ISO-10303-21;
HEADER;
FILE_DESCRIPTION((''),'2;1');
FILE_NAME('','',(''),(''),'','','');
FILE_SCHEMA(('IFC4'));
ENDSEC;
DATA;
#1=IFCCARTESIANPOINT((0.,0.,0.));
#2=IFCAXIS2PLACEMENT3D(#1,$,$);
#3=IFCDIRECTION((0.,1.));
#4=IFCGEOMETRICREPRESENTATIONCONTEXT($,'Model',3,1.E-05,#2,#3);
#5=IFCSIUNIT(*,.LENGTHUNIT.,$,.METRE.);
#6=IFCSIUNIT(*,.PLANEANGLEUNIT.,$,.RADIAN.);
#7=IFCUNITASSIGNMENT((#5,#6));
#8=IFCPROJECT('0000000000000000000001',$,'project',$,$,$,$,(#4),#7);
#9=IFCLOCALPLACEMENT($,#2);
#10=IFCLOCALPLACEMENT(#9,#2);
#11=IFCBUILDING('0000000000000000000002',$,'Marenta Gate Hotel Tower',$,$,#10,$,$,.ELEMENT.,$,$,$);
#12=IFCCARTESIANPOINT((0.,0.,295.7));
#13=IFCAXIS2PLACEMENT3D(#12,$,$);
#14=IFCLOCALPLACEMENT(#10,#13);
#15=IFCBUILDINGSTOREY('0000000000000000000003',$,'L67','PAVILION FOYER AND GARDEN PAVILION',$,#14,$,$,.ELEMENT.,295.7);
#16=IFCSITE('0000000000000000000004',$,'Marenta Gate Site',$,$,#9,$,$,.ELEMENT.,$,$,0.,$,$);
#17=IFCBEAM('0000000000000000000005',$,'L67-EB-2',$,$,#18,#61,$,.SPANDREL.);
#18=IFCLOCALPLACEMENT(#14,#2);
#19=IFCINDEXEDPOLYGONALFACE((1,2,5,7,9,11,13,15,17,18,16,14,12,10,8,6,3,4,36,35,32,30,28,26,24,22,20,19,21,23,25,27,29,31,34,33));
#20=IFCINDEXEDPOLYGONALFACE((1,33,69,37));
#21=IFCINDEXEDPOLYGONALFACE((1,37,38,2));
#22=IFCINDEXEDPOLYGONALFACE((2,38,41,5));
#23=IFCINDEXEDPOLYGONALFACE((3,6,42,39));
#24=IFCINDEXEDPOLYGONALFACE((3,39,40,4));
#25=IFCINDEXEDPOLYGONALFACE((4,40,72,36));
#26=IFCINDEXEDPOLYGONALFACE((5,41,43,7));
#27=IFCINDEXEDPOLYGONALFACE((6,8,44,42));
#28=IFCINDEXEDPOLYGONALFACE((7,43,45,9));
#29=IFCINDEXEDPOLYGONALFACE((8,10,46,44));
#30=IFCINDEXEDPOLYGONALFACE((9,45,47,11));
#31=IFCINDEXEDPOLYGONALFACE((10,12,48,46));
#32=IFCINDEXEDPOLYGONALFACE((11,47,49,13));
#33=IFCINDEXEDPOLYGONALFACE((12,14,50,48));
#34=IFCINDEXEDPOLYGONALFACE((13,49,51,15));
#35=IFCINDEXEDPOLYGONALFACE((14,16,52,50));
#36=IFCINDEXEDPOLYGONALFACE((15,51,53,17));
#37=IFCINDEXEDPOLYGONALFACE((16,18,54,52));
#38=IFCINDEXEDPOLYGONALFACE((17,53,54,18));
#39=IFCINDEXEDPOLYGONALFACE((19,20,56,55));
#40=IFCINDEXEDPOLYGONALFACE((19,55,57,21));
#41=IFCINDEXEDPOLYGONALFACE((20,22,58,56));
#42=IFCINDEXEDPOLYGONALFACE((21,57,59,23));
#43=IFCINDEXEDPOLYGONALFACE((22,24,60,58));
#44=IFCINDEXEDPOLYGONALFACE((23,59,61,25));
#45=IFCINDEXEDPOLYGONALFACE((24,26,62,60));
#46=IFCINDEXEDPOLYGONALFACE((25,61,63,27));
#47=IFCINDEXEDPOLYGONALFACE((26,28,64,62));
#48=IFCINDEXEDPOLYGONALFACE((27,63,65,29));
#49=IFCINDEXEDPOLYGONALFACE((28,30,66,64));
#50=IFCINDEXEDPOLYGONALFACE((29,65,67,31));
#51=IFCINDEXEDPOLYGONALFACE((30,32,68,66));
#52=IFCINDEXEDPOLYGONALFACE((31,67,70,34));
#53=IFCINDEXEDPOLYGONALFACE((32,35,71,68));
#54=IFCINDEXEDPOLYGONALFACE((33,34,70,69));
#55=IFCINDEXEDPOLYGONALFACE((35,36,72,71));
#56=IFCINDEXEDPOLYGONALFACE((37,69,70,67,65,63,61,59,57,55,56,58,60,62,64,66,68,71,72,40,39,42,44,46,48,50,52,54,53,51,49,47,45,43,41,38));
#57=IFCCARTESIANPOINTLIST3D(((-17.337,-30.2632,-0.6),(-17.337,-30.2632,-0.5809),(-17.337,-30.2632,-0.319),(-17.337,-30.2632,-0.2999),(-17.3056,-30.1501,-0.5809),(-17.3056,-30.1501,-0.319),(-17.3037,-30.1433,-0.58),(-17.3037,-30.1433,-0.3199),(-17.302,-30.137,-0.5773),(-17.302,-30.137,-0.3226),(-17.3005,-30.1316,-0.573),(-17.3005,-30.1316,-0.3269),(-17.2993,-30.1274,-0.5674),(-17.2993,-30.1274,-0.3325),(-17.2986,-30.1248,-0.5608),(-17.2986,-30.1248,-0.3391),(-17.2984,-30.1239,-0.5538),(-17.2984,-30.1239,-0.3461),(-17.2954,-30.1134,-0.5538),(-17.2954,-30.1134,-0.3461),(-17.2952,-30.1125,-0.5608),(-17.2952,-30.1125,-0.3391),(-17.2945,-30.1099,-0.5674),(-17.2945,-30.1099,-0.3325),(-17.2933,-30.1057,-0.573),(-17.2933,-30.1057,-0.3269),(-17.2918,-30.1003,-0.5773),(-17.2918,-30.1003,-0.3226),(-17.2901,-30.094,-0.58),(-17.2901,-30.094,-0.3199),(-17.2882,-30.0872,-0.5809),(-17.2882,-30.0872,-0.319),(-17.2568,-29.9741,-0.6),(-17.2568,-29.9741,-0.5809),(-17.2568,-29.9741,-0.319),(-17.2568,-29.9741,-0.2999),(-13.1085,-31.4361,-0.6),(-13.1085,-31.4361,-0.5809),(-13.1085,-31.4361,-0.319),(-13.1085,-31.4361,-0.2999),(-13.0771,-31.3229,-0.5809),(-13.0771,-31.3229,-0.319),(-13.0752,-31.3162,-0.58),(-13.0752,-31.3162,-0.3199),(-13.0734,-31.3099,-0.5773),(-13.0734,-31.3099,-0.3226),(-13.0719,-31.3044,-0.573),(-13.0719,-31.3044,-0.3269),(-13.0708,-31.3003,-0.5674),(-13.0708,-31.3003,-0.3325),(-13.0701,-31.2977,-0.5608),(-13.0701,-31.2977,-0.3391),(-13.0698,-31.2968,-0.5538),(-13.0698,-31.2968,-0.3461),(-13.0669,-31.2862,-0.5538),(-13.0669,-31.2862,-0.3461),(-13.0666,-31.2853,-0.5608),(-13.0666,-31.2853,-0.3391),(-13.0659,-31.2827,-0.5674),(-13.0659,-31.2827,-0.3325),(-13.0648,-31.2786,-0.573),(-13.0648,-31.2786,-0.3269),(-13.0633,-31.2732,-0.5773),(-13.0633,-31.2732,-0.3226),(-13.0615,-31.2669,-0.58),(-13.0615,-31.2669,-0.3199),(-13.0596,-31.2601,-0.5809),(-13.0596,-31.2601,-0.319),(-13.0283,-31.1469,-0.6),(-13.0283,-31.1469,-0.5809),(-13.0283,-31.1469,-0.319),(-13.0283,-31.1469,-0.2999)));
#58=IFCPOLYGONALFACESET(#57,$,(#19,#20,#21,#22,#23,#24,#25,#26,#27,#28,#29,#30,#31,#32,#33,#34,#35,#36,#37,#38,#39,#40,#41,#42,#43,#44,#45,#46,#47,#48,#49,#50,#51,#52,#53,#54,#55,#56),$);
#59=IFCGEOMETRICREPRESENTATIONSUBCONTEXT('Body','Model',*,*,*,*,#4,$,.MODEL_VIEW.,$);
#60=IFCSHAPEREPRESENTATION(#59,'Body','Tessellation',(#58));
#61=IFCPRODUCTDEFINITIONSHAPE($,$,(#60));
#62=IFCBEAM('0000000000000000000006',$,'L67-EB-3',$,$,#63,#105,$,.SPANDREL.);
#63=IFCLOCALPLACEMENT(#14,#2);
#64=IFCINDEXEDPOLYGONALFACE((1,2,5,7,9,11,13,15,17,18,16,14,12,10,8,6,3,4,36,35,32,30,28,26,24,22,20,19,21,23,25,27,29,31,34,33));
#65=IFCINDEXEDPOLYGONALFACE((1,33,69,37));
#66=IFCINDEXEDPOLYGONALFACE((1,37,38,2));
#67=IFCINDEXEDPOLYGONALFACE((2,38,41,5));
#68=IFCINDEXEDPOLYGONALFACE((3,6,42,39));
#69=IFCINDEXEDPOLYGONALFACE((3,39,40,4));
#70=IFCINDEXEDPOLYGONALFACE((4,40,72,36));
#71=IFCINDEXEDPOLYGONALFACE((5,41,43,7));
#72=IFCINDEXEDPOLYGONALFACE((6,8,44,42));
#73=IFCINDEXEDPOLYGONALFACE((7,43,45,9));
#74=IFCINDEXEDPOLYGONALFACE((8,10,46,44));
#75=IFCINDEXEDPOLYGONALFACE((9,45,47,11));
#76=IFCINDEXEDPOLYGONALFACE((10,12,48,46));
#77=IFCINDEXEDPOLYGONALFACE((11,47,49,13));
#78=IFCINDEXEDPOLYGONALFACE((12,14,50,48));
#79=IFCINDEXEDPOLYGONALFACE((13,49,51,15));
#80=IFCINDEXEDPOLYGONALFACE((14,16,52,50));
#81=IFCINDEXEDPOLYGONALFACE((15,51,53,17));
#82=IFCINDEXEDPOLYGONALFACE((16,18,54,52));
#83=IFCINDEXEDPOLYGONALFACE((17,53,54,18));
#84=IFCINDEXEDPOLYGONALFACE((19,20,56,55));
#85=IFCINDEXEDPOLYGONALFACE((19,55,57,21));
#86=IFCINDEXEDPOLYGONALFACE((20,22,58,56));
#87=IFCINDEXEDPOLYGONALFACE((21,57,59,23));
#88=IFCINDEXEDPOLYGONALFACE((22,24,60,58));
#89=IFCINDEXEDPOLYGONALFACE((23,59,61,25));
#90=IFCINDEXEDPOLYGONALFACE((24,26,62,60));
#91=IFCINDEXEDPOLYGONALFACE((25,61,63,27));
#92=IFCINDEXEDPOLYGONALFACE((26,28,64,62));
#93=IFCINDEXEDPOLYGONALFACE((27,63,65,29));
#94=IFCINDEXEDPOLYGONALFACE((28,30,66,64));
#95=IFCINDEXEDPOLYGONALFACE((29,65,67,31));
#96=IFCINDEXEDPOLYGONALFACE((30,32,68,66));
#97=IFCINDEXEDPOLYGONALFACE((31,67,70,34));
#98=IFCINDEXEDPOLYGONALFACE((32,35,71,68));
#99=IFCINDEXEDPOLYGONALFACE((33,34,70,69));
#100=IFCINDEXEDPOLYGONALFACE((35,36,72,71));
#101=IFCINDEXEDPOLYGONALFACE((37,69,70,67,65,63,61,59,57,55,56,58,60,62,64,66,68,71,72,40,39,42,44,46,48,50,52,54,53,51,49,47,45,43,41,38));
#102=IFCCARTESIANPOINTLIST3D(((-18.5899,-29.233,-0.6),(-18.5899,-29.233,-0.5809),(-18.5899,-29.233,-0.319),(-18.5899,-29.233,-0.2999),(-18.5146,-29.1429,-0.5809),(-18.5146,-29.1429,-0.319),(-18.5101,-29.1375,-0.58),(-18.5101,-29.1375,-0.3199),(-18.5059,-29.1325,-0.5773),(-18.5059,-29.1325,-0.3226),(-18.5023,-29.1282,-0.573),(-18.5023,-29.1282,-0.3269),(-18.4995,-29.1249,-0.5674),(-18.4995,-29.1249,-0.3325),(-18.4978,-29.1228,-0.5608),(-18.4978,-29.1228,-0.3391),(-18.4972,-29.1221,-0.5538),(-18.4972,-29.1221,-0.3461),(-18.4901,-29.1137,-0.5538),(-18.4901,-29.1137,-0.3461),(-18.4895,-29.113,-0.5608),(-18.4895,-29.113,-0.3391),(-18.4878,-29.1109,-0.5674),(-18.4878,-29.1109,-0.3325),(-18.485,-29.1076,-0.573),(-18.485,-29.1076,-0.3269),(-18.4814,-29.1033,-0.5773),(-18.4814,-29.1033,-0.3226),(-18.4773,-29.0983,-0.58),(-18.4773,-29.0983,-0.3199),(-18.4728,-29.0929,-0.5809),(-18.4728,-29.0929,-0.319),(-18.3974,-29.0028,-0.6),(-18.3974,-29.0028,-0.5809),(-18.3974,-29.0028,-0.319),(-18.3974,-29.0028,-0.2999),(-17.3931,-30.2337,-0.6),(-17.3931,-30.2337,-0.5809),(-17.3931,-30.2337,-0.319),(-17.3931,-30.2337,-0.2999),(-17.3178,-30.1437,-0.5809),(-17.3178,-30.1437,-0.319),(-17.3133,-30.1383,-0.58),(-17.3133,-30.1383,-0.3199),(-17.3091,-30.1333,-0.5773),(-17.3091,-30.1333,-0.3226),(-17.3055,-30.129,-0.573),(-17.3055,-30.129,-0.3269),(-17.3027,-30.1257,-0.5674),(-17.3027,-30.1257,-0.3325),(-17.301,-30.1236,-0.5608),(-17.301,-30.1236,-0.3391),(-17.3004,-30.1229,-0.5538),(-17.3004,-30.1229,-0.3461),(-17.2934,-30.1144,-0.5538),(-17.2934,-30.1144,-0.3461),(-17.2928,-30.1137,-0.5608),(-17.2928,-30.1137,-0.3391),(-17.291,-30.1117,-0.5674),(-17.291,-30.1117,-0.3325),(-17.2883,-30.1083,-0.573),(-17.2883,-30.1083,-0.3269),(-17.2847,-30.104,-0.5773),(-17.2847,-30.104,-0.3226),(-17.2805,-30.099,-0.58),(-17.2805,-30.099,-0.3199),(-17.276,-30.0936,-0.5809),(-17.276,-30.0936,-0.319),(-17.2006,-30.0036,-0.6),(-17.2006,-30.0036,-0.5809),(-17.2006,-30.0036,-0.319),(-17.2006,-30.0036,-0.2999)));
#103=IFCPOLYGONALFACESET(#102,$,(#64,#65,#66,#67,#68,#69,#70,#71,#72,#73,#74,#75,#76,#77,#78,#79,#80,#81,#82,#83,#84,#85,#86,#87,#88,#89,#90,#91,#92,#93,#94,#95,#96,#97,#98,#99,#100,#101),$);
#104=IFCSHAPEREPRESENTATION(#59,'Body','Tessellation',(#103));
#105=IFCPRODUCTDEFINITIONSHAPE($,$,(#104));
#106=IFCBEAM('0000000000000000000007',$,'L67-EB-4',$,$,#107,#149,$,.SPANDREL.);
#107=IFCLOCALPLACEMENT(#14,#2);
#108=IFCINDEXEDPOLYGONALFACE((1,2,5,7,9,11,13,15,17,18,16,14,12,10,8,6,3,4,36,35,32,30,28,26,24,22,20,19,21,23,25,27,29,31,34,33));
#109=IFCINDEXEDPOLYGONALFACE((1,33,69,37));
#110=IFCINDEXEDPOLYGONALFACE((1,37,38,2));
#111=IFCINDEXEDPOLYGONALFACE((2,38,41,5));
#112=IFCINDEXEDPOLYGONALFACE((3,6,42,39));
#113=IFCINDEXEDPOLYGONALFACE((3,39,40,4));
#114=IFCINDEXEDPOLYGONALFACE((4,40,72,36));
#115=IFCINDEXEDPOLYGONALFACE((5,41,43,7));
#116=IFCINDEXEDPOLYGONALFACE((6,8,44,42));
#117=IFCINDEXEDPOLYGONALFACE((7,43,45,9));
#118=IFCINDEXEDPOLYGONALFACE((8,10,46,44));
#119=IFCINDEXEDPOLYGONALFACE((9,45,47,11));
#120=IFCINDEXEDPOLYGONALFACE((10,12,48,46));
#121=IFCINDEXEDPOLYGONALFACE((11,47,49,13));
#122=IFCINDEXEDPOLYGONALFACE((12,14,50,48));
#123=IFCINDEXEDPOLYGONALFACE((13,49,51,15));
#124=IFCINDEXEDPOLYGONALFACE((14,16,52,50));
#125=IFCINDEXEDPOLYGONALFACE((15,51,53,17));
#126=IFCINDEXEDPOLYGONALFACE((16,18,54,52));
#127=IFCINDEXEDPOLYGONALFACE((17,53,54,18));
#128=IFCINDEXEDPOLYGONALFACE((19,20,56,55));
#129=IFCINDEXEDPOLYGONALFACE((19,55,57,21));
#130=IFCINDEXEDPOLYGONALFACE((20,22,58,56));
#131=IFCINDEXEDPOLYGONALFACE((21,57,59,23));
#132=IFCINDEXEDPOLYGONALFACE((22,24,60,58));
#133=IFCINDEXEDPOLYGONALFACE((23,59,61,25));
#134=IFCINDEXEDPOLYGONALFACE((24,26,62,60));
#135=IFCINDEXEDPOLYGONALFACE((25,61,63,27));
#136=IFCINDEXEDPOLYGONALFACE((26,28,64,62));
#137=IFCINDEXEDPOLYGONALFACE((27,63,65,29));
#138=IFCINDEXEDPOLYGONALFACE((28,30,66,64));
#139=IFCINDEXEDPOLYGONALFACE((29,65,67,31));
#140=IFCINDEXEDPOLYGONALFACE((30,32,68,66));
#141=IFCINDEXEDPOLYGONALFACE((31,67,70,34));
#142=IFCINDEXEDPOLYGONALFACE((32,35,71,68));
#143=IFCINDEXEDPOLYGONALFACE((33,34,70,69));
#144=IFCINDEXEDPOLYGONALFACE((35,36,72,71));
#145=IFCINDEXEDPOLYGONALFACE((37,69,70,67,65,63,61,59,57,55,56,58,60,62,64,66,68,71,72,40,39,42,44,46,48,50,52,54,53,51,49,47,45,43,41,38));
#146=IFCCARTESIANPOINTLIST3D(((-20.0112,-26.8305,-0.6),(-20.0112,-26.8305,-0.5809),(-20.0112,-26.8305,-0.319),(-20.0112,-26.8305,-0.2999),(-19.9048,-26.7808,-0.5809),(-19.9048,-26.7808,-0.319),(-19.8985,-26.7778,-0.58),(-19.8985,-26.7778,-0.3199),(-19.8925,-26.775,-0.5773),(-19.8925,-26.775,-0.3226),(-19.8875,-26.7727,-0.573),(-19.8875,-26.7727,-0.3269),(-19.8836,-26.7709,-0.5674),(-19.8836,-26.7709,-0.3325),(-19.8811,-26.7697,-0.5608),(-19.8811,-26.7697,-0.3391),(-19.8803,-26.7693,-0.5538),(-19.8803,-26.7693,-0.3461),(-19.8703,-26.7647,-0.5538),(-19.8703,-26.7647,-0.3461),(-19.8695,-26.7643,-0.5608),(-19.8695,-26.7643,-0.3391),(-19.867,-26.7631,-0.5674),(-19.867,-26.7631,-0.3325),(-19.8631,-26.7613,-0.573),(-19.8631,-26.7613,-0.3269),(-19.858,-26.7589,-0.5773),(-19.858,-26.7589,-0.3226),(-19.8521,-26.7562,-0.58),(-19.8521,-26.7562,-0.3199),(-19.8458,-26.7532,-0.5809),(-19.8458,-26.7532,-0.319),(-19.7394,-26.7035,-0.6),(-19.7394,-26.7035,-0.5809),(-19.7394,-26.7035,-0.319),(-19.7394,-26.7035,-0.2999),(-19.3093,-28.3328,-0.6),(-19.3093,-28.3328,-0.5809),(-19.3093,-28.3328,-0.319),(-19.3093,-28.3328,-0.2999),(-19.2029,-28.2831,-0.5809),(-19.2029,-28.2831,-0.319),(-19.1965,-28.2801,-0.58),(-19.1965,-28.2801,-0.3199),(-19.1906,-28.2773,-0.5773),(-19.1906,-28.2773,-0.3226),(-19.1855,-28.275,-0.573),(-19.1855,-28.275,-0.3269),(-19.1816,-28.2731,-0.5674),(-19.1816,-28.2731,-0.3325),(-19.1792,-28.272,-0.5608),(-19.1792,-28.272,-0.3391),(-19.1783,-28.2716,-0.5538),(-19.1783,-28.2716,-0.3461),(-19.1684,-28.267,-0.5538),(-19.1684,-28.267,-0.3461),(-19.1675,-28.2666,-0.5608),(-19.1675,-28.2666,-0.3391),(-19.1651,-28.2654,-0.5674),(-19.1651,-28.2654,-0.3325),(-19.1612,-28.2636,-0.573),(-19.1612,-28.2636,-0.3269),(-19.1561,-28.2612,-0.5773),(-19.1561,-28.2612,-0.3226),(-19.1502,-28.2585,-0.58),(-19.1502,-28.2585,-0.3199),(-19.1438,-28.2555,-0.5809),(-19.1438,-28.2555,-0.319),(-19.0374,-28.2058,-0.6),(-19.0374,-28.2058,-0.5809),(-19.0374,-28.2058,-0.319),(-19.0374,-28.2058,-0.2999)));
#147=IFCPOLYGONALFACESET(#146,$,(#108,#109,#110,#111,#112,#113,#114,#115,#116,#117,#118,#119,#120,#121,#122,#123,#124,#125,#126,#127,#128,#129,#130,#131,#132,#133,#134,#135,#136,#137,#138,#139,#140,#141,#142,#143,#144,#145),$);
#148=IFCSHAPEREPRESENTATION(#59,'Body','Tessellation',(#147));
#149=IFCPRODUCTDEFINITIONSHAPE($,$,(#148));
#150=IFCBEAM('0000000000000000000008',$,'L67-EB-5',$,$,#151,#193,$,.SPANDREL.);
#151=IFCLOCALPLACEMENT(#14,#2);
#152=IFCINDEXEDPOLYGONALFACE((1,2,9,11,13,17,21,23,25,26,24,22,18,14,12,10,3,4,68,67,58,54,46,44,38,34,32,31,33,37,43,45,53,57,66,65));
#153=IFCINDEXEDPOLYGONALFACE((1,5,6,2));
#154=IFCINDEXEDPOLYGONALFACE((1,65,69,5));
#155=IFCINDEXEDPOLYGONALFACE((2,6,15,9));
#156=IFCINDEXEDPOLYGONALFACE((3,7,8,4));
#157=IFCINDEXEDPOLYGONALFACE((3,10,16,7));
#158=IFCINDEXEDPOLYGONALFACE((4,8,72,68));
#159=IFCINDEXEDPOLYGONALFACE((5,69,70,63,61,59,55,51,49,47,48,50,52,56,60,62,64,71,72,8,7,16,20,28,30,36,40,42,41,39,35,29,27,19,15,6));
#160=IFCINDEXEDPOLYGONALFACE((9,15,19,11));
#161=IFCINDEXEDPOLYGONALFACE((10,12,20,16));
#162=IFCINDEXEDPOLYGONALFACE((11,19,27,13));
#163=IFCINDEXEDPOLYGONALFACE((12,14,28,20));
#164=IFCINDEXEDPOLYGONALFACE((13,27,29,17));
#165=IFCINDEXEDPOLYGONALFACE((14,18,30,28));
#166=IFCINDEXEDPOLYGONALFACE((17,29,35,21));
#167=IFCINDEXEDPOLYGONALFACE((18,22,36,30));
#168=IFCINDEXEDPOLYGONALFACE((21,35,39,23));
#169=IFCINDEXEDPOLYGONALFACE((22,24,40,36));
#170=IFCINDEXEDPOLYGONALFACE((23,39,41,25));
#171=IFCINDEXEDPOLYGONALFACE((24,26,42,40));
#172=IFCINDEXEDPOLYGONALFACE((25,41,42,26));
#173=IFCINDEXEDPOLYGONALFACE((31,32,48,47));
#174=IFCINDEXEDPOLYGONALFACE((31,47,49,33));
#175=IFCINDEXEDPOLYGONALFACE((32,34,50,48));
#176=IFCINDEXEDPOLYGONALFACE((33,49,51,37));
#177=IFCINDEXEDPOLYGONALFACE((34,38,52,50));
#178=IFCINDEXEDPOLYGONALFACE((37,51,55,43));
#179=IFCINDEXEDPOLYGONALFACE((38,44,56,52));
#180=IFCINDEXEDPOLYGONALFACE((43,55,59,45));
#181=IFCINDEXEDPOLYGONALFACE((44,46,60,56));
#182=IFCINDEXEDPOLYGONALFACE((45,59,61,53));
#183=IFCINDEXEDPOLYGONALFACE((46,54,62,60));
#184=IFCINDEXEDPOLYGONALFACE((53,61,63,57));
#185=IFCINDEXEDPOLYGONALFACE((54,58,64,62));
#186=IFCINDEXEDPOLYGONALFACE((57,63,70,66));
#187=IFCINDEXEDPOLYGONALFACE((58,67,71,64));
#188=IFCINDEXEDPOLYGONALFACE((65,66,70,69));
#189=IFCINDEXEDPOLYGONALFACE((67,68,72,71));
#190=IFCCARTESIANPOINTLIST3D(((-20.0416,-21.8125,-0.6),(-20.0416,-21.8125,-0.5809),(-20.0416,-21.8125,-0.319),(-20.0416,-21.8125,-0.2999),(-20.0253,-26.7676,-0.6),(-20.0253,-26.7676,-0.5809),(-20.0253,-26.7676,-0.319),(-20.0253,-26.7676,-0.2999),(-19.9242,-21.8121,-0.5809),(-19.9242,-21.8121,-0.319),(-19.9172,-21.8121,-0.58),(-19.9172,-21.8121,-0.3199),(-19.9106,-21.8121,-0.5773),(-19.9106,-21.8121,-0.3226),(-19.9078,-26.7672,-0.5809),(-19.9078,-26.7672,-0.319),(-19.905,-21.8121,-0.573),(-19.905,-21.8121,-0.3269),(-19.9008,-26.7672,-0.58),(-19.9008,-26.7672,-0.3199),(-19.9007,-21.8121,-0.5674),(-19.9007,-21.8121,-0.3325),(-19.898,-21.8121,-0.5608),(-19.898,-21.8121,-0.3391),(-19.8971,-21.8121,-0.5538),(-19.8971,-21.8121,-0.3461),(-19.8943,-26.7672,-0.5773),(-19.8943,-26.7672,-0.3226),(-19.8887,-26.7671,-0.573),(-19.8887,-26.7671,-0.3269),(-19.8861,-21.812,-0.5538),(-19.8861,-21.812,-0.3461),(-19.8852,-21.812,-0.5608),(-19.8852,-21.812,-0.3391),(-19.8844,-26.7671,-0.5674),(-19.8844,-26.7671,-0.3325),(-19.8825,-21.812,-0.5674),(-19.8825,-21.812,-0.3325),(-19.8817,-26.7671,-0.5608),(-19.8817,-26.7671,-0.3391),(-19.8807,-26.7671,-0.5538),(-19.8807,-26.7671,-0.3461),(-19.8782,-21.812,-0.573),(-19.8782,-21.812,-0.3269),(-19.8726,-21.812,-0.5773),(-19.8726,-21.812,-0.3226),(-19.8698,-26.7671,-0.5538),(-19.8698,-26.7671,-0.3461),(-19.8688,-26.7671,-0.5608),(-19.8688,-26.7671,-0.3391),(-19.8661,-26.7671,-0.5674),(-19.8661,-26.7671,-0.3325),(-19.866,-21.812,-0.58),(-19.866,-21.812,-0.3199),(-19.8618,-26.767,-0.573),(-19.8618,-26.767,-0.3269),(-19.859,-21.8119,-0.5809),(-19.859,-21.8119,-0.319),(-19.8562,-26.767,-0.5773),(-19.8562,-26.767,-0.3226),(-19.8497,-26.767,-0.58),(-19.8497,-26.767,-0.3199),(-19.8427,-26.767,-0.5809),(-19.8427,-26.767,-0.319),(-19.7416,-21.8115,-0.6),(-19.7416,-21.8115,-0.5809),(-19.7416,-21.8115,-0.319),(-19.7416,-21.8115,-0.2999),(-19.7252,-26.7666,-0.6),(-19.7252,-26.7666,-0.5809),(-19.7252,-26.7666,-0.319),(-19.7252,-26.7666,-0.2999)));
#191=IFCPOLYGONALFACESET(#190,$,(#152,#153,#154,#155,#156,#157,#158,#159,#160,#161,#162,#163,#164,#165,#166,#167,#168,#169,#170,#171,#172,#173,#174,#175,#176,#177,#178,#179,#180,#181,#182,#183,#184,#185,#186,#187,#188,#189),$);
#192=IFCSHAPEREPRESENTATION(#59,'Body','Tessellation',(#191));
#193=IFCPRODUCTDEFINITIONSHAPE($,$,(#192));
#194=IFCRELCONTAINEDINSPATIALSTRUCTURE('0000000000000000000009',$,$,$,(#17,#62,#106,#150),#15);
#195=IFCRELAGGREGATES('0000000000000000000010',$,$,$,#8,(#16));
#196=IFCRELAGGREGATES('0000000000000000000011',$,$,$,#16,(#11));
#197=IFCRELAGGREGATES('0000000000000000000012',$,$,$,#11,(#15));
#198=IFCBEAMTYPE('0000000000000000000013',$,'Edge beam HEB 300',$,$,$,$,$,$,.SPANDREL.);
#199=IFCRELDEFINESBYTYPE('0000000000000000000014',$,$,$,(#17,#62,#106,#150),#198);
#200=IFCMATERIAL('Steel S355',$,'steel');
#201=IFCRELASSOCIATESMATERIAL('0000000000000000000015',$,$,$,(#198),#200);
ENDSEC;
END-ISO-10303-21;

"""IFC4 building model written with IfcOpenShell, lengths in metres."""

from ifc_helpers import new_model, si_unit, direction, frame, origin, origin_2d, place, context, subcontext, project, spatial, i_section, extrude, material, material_profile, profile_set, type_object, element, save


model = new_model("IFC4")

# Units and contexts
model_context = context("Model", 3, precision=1e-05, world=origin(), true_north=direction((0.0, 1.0)))
body_context = subcontext(model_context, "Body", "Model", "MODEL_VIEW")
ifc_project = project(units=[si_unit("LENGTHUNIT", "METRE"), si_unit("PLANEANGLEUNIT", "RADIAN")], contexts=[model_context])

# Site, building, storey
site_placement = place(None, origin())
site = spatial("IfcSite", under=ifc_project, at=site_placement, Name="Marenta Gate Site", CompositionType="ELEMENT", RefElevation=0.0)
building_placement = place(site_placement, origin())
building = spatial("IfcBuilding", under=site, at=building_placement, Name="Marenta Gate Hotel Tower", CompositionType="ELEMENT")
storey_placement = place(building_placement, frame((0.0, 0.0, 295.7)))
storey = spatial("IfcBuildingStorey", under=building, at=storey_placement, Name="L67", Description="PAVILION FOYER AND GARDEN PAVILION", CompositionType="ELEMENT", Elevation=295.7)

# Beams
ifc_material_1 = material(Name="Steel S355", Category="steel")
ifc_material_profile_1 = material_profile(ifc_material_1, i_section(OverallWidth=0.3, OverallDepth=0.3, WebThickness=0.011, FlangeThickness=0.019, FilletRadius=0.0271, at=origin_2d()), Name="HEB 300")
ifc_profile_set_1 = profile_set([ifc_material_profile_1], Name="Steel S355")
beam_type_1 = type_object("IfcBeamType", Name="Edge beam HEB 300", PredefinedType="SPANDREL", material=ifc_profile_set_1)
beam_1_placement = place(storey_placement, frame((-13.0684, -31.2915, -0.45), z_axis=(-0.96362, 0.267277, 0.0), x_axis=(-0.267277, -0.96362, 0.0)))
element("IfcBeam", 1, at=beam_1_placement, inside=storey, type_object=beam_type_1, Name="L67-EB-2", PredefinedType="SPANDREL", context=body_context, shape_type="SweptSolid", body=[
    extrude(i_section(OverallWidth=0.3, OverallDepth=0.3, WebThickness=0.011, FlangeThickness=0.019, FilletRadius=0.0271, at=origin_2d()), origin(), (0.0, 0.0, 1.0), 4.3882),
])
beam_2_placement = place(storey_placement, frame((-17.2969, -30.1187, -0.45), z_axis=(-0.767143, 0.641477, 0.0), x_axis=(-0.641477, -0.767143, 0.0)))
element("IfcBeam", 2, at=beam_2_placement, inside=storey, type_object=beam_type_1, Name="L67-EB-3", PredefinedType="SPANDREL", context=body_context, shape_type="SweptSolid", body=[
    extrude(i_section(OverallWidth=0.3, OverallDepth=0.3, WebThickness=0.011, FlangeThickness=0.019, FilletRadius=0.0271, at=origin_2d()), origin(), (0.0, 0.0, 1.0), 1.5601),
])
beam_3_placement = place(storey_placement, frame((-19.1733, -28.2693, -0.45), z_axis=(-0.423321, 0.90598, 0.0), x_axis=(-0.90598, -0.423321, 0.0)))
element("IfcBeam", 3, at=beam_3_placement, inside=storey, type_object=beam_type_1, Name="L67-EB-4", PredefinedType="SPANDREL", context=body_context, shape_type="SweptSolid", body=[
    extrude(i_section(OverallWidth=0.3, OverallDepth=0.3, WebThickness=0.011, FlangeThickness=0.019, FilletRadius=0.0271, at=origin_2d()), origin(), (0.0, 0.0, 1.0), 1.6582),
])
beam_4_placement = place(storey_placement, frame((-19.8752, -26.7671, -0.45), z_axis=(-0.003301, 0.999995, 0.0), x_axis=(-0.999995, -0.003301, 0.0)))
element("IfcBeam", 4, at=beam_4_placement, inside=storey, type_object=beam_type_1, Name="L67-EB-5", PredefinedType="SPANDREL", context=body_context, shape_type="SweptSolid", body=[
    extrude(i_section(OverallWidth=0.3, OverallDepth=0.3, WebThickness=0.011, FlangeThickness=0.019, FilletRadius=0.0271, at=origin_2d()), origin(), (0.0, 0.0, 1.0), 4.9551),
])

save(model, "model.ifc")
